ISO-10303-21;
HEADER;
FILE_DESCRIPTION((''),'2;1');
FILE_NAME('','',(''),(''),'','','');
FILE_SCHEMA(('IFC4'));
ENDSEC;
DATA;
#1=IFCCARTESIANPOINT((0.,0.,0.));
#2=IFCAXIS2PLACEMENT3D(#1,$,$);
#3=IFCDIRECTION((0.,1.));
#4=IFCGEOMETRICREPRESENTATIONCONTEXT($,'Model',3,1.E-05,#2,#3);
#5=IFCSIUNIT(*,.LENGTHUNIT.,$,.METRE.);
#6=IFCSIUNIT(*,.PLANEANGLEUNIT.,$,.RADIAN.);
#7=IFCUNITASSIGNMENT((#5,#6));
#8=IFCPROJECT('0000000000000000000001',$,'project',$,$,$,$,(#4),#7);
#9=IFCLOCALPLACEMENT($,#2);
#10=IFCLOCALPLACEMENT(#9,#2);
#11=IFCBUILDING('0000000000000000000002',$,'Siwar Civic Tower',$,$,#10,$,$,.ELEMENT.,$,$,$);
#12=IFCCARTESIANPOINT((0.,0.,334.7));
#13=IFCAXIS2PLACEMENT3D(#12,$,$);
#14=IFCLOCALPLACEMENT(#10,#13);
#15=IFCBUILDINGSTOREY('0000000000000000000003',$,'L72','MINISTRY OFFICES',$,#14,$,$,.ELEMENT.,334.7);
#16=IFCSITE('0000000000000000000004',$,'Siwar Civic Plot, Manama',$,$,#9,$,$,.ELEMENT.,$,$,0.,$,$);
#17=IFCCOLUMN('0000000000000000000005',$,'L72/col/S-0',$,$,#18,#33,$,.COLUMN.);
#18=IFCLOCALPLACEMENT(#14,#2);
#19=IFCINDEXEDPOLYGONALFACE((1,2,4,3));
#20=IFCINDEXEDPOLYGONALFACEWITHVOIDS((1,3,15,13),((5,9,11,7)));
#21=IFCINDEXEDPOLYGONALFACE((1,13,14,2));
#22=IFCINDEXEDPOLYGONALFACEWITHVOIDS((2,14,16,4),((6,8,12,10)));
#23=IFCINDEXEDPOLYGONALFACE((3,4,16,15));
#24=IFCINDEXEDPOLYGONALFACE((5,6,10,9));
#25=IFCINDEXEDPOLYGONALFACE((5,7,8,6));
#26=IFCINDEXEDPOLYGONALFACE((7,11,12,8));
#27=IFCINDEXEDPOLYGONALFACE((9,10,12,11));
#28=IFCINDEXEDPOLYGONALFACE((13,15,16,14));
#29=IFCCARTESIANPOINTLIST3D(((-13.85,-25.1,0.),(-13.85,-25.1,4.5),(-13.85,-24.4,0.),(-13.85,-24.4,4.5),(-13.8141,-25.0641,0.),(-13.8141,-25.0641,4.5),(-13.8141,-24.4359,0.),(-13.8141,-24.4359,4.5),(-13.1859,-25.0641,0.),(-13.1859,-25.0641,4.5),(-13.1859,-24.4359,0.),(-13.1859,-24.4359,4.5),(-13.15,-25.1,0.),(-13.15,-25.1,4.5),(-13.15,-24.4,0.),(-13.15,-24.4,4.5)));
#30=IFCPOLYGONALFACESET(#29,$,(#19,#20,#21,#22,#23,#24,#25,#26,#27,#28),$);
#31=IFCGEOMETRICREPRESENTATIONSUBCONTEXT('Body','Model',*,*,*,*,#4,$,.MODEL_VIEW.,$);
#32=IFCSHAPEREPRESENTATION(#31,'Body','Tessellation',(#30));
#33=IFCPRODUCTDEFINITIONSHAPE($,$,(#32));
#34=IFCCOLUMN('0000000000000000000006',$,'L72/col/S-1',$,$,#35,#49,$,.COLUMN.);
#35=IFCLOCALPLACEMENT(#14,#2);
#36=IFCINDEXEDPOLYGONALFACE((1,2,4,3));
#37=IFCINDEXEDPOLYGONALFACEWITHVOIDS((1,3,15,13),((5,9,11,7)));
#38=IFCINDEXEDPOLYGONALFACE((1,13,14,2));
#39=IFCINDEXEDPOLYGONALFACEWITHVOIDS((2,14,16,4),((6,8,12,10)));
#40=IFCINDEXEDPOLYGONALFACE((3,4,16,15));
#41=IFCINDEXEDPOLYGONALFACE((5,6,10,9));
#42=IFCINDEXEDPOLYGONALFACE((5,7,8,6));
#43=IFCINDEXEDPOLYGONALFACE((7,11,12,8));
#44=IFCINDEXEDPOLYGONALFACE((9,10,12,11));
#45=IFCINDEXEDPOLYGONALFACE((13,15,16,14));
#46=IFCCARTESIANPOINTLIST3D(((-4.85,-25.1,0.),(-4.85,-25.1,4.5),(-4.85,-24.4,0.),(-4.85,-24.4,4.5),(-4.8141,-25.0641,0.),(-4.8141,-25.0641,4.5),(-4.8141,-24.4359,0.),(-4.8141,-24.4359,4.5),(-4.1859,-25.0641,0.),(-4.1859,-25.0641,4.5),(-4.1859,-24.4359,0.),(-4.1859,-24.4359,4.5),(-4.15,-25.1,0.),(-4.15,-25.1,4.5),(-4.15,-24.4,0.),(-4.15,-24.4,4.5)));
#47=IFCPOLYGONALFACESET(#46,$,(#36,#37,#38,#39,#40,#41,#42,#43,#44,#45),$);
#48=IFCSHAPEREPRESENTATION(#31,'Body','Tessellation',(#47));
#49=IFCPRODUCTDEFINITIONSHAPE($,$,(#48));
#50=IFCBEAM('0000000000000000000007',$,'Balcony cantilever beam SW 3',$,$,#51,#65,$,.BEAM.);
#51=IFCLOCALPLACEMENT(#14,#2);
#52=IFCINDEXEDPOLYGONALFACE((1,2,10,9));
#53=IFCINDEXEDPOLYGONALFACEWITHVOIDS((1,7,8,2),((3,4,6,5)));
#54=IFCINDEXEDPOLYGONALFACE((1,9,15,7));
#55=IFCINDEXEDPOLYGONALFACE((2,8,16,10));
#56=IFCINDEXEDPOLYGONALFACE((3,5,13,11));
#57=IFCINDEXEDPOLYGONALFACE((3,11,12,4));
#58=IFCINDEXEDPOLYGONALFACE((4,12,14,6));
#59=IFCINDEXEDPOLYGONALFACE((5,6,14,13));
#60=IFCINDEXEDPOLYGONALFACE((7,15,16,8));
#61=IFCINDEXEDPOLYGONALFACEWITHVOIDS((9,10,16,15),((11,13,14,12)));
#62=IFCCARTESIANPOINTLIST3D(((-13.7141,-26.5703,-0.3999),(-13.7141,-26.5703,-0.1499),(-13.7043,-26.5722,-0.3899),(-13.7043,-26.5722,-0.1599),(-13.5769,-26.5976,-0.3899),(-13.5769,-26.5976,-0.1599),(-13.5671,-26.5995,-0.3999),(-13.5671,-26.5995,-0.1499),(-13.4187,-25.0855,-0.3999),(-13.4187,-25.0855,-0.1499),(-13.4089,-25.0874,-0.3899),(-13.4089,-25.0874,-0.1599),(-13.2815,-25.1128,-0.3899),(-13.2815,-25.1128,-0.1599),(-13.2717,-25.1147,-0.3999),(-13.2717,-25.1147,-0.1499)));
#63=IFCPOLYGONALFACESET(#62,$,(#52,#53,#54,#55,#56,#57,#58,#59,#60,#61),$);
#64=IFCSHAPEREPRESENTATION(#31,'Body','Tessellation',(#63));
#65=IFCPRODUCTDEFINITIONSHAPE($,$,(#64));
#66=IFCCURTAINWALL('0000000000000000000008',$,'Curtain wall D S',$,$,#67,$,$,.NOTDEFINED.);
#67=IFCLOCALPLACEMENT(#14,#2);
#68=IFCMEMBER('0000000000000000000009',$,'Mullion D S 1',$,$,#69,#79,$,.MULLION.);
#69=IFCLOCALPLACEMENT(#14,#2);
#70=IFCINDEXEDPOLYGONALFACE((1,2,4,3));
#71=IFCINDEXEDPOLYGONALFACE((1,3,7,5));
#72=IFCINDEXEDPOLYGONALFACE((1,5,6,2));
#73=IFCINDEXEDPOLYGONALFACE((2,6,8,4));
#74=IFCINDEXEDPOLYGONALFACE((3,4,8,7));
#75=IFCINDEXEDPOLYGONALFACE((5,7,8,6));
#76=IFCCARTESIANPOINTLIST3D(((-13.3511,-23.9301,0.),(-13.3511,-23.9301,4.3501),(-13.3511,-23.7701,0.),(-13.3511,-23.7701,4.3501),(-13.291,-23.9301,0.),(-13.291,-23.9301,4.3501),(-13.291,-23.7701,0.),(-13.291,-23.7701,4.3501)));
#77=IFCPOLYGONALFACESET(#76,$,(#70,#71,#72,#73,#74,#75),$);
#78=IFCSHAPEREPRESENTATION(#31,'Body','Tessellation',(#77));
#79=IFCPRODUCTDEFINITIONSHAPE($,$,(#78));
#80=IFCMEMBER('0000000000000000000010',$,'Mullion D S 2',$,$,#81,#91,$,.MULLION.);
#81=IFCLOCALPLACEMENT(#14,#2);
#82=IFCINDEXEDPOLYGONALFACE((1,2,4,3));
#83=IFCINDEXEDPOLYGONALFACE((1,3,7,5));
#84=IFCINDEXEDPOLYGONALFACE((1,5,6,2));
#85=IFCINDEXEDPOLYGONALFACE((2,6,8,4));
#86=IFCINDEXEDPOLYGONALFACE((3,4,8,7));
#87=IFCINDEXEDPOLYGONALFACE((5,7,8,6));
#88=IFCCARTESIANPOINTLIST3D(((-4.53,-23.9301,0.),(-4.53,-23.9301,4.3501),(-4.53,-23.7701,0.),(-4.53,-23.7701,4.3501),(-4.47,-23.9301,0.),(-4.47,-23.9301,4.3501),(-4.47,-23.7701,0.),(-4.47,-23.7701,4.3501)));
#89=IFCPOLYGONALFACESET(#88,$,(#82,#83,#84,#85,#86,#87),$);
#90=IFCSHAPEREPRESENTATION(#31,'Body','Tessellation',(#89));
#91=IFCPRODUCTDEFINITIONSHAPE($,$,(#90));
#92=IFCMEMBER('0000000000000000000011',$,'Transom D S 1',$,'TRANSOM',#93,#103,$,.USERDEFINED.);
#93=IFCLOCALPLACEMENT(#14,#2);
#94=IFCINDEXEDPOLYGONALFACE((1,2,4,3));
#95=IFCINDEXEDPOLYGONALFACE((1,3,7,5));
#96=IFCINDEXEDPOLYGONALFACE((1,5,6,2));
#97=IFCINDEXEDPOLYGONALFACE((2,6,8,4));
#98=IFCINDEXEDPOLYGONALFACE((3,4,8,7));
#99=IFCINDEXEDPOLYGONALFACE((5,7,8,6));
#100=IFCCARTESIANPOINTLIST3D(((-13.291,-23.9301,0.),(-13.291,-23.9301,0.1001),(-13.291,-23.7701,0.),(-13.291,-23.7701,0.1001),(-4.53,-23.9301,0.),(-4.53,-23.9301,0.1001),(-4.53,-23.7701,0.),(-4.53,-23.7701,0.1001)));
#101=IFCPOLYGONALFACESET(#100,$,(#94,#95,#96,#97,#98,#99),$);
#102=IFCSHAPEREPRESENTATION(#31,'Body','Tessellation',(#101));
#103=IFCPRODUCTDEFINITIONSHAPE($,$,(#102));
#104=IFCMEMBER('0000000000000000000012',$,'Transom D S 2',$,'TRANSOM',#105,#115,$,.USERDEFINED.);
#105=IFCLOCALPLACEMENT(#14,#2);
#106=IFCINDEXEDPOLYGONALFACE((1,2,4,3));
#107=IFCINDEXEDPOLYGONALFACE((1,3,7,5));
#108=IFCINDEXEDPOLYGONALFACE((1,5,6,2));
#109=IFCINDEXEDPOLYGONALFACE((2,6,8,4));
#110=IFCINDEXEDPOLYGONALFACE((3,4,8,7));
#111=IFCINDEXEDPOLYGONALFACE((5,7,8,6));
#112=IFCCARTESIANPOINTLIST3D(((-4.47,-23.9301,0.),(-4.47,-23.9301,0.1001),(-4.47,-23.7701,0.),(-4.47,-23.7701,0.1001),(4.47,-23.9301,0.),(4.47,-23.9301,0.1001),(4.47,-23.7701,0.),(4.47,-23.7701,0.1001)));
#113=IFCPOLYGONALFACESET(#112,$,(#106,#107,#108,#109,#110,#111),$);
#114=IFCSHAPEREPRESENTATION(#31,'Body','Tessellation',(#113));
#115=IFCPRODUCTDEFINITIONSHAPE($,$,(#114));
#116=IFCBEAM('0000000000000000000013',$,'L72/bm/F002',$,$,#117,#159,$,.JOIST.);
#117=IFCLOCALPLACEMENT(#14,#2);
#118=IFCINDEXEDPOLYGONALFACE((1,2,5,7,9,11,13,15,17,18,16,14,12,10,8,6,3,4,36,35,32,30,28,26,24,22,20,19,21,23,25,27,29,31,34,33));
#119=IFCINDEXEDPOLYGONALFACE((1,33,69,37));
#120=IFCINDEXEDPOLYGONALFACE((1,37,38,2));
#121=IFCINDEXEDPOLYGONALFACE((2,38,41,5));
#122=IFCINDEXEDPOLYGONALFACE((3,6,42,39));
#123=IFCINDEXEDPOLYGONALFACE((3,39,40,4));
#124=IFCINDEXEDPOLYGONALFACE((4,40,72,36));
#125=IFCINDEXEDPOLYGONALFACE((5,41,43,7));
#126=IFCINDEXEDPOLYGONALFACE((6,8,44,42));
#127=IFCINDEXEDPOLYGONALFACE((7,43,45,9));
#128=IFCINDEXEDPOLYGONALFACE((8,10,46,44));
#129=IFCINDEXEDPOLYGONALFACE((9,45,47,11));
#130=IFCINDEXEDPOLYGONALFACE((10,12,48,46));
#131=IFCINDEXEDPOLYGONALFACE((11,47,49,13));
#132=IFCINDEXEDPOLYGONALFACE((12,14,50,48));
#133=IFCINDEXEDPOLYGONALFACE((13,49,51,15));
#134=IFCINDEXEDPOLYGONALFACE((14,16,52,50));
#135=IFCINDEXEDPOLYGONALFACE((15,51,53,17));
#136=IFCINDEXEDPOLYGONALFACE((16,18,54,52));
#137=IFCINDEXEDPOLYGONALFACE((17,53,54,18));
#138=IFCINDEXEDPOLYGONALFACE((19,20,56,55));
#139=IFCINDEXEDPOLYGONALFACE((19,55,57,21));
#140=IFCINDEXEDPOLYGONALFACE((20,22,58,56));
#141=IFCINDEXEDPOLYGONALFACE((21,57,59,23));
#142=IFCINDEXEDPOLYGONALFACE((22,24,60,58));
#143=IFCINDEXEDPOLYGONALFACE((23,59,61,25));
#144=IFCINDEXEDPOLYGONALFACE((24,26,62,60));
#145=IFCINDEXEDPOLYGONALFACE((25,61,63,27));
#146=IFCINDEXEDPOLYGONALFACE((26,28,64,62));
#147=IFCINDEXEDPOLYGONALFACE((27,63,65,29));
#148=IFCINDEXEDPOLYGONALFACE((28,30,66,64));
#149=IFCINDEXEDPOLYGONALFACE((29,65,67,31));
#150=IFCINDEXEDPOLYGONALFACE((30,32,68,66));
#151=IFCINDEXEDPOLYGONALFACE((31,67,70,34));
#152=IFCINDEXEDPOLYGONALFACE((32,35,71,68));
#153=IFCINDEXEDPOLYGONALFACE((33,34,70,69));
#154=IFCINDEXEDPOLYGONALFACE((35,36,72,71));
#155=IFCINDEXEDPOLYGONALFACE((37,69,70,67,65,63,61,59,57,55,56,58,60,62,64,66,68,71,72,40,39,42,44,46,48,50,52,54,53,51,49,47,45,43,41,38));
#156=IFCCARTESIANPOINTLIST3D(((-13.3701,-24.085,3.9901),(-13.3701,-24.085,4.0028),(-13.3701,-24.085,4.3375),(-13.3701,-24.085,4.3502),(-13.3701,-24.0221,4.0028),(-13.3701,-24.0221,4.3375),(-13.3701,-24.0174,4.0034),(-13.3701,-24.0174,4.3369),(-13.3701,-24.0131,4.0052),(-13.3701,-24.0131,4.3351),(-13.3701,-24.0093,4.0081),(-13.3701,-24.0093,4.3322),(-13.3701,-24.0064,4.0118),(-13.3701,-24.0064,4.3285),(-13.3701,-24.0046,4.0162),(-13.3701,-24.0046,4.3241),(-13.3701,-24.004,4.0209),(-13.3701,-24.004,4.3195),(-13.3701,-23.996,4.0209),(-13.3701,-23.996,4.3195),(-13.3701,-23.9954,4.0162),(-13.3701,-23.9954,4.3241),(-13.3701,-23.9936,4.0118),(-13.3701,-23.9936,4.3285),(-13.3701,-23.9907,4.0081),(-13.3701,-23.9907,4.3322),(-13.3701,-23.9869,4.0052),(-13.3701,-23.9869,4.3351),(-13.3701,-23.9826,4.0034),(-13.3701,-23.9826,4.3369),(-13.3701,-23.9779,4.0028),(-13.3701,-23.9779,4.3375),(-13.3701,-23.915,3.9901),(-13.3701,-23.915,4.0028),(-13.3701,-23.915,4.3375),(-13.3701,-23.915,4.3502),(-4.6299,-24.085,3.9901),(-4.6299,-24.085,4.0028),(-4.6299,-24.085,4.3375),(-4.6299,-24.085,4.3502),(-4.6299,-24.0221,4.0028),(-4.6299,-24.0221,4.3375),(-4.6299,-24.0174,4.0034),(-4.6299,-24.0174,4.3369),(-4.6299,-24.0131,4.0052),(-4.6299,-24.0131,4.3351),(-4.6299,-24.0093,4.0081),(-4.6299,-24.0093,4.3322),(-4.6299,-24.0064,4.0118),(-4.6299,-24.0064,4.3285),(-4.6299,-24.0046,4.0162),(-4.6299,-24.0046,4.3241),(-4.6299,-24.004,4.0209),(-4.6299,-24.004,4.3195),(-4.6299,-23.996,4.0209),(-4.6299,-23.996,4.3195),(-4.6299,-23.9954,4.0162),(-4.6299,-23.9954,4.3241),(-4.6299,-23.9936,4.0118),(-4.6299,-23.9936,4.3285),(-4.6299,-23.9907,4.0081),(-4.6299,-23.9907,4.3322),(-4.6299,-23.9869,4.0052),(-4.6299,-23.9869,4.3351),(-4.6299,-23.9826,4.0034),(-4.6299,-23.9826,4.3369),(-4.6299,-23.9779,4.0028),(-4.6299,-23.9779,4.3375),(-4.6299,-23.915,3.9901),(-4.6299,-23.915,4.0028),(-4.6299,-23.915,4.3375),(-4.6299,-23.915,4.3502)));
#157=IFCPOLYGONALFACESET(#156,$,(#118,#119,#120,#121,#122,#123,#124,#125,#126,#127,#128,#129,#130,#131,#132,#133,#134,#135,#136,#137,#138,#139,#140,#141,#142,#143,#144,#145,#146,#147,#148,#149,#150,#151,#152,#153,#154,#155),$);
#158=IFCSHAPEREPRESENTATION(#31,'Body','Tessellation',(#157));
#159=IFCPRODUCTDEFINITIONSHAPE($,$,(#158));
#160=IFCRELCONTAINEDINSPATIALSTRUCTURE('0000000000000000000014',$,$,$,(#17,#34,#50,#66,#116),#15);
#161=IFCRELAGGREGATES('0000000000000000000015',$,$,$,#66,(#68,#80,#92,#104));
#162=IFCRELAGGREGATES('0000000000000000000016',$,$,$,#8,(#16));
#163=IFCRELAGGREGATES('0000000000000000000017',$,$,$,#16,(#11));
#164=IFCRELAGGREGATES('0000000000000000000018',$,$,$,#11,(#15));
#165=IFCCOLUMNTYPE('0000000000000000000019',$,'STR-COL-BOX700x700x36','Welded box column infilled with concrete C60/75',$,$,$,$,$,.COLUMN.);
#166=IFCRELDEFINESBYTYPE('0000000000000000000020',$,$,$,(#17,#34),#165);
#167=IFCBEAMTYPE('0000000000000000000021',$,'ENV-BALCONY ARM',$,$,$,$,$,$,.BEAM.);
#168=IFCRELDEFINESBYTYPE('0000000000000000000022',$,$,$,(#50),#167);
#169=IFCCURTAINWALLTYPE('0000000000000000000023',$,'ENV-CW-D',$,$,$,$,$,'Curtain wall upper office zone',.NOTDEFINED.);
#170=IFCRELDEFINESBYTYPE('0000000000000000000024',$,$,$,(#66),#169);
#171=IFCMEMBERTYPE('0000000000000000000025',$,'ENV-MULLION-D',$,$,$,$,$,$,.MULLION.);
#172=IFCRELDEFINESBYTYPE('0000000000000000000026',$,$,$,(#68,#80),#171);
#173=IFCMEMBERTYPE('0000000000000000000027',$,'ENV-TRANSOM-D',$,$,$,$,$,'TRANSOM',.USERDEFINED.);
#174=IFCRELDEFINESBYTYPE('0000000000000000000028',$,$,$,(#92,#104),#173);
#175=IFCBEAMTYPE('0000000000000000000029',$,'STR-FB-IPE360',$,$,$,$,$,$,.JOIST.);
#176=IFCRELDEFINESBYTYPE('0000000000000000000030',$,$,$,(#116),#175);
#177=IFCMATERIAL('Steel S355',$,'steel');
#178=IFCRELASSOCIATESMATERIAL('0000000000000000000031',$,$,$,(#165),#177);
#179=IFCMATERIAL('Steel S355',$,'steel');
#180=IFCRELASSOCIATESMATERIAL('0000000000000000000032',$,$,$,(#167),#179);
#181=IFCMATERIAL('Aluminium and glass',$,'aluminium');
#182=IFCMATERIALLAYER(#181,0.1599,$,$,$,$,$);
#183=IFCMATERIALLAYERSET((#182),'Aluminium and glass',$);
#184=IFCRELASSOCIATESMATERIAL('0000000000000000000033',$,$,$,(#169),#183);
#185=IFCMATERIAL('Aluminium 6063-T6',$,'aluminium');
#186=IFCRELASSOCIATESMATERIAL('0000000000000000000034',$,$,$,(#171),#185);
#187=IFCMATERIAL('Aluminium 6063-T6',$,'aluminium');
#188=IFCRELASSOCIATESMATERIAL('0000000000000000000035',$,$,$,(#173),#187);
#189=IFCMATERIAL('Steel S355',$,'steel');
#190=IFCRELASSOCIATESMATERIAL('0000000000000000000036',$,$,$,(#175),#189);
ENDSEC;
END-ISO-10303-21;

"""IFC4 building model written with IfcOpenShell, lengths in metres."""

from ifc_helpers import new_model, si_unit, direction, frame, origin, origin_2d, place, context, subcontext, project, spatial, rectangle, hollow_rectangle, i_section, extrude, material, layer, layer_set, material_profile, profile_set, type_object, element, aggregate, save


model = new_model("IFC4")

# Units and contexts
model_context = context("Model", 3, precision=1e-05, world=origin(), true_north=direction((0.0, 1.0)))
body_context = subcontext(model_context, "Body", "Model", "MODEL_VIEW")
ifc_project = project(units=[si_unit("LENGTHUNIT", "METRE"), si_unit("PLANEANGLEUNIT", "RADIAN")], contexts=[model_context])

# Site, building, storey
site_placement = place(None, origin())
site = spatial("IfcSite", under=ifc_project, at=site_placement, Name="Siwar Civic Plot, Manama", CompositionType="ELEMENT", RefElevation=0.0)
building_placement = place(site_placement, origin())
building = spatial("IfcBuilding", under=site, at=building_placement, Name="Siwar Civic Tower", CompositionType="ELEMENT")
storey_placement = place(building_placement, frame((0.0, 0.0, 334.7)))
storey = spatial("IfcBuildingStorey", under=building, at=storey_placement, Name="L72", Description="MINISTRY OFFICES", CompositionType="ELEMENT", Elevation=334.7)

# Columns
ifc_material_1 = material(Name="Steel S355", Category="steel")
ifc_material_profile_1 = material_profile(ifc_material_1, hollow_rectangle(XDim=0.7, YDim=0.7, WallThickness=0.0359, at=origin_2d()), Name="BOX700x700x36")
ifc_profile_set_1 = profile_set([ifc_material_profile_1], Name="Steel S355")
column_type = type_object("IfcColumnType", Name="STR-COL-BOX700x700x36", Description="Welded box column infilled with concrete C60/75", PredefinedType="COLUMN", material=ifc_profile_set_1)
for number, where, z_axis, x_axis, name in (
    (1, (-13.5, -24.75, 0.0), (0.0, 0.0, 1.0), (1.0, 0.0, 0.0), "L72/col/S-0"),
    (2, (-4.5, -24.75, 0.0), (0.0, 0.0, 1.0), (1.0, 0.0, 0.0), "L72/col/S-1"),
):
    element("IfcColumn", number, at=place(storey_placement, frame(where, z_axis=z_axis, x_axis=x_axis)), inside=storey, type_object=column_type, Name=name, PredefinedType="COLUMN", context=body_context, shape_type="SweptSolid", body=[
        extrude(hollow_rectangle(XDim=0.7, YDim=0.7, WallThickness=0.0359, at=origin_2d()), origin(), (0.0, 0.0, 1.0), 4.5),
    ])

# Beam
ifc_material_2 = material(Name="Steel S355", Category="steel")
ifc_material_profile_2 = material_profile(ifc_material_2, hollow_rectangle(XDim=0.1499, YDim=0.25, WallThickness=0.01, at=origin_2d()), Name="RHS250x150x10")
ifc_profile_set_2 = profile_set([ifc_material_profile_2], Name="Steel S355")
beam_type_1 = type_object("IfcBeamType", Name="ENV-BALCONY ARM", PredefinedType="BEAM", material=ifc_profile_set_2)
beam_1_placement = place(storey_placement, frame((-13.3452, -25.1001, -0.2749), z_axis=(-0.195124, -0.980779, 0.0), x_axis=(0.980779, -0.195124, 0.0)))
element("IfcBeam", 3, at=beam_1_placement, inside=storey, type_object=beam_type_1, Name="Balcony cantilever beam SW 3", PredefinedType="BEAM", context=body_context, shape_type="SweptSolid", body=[
    extrude(hollow_rectangle(XDim=0.1499, YDim=0.25, WallThickness=0.01, at=origin_2d()), origin(), (0.0, 0.0, 1.0), 1.5139),
])

# Curtain wall, members
ifc_material_3 = material(Name="Aluminium and glass", Category="aluminium")
ifc_layer_1 = layer(ifc_material_3, 0.1599)
ifc_layer_set_1 = layer_set([ifc_layer_1], Name="Aluminium and glass")
curtain_wall_type = type_object("IfcCurtainWallType", Name="ENV-CW-D", ElementType="Curtain wall upper office zone", PredefinedType="NOTDEFINED", material=ifc_layer_set_1)
curtain_wall_placement = place(storey_placement, origin())
curtain_wall = element("IfcCurtainWall", 4, at=curtain_wall_placement, inside=storey, type_object=curtain_wall_type, Name="Curtain wall D S", PredefinedType="NOTDEFINED")
ifc_material_4 = material(Name="Aluminium 6063-T6", Category="aluminium")
ifc_material_profile_3 = material_profile(ifc_material_4, rectangle(XDim=0.1599, YDim=0.0601, at=origin_2d()), Name="AL 160x60")
ifc_profile_set_3 = profile_set([ifc_material_profile_3], Name="Aluminium 6063-T6")
member_type_1 = type_object("IfcMemberType", Name="ENV-MULLION-D", PredefinedType="MULLION", material=ifc_profile_set_3)
member_1_placement = place(storey_placement, frame((-13.321, -23.8501, 0.0), z_axis=(0.0, 0.0, 1.0), x_axis=(0.0, 1.0, 0.0)))
member_1 = element("IfcMember", 5, at=member_1_placement, type_object=member_type_1, Name="Mullion D S 1", PredefinedType="MULLION", context=body_context, shape_type="SweptSolid", body=[
    extrude(rectangle(XDim=0.1599, YDim=0.0601, at=origin_2d()), origin(), (0.0, 0.0, 1.0), 4.3501),
])
member_2_placement = place(storey_placement, frame((-4.5, -23.8501, 0.0), z_axis=(0.0, 0.0, 1.0), x_axis=(0.0, 1.0, 0.0)))
member_2 = element("IfcMember", 6, at=member_2_placement, type_object=member_type_1, Name="Mullion D S 2", PredefinedType="MULLION", context=body_context, shape_type="SweptSolid", body=[
    extrude(rectangle(XDim=0.1599, YDim=0.0601, at=origin_2d()), origin(), (0.0, 0.0, 1.0), 4.3501),
])
ifc_material_5 = material(Name="Aluminium 6063-T6", Category="aluminium")
ifc_material_profile_4 = material_profile(ifc_material_5, rectangle(XDim=0.1599, YDim=0.1001, at=origin_2d()), Name="AL 160x100")
ifc_profile_set_4 = profile_set([ifc_material_profile_4], Name="Aluminium 6063-T6")
member_type_2 = type_object("IfcMemberType", Name="ENV-TRANSOM-D", ElementType="TRANSOM", PredefinedType="USERDEFINED", material=ifc_profile_set_4)
member_3_placement = place(storey_placement, frame((-13.291, -23.8501, 0.05), z_axis=(1.0, 0.0, 0.0), x_axis=(0.0, 1.0, 0.0)))
member_3 = element("IfcMember", 7, at=member_3_placement, type_object=member_type_2, Name="Transom D S 1", ObjectType="TRANSOM", PredefinedType="USERDEFINED", context=body_context, shape_type="SweptSolid", body=[
    extrude(rectangle(XDim=0.1599, YDim=0.1001, at=origin_2d()), origin(), (0.0, 0.0, 1.0), 8.761),
])
member_4_placement = place(storey_placement, frame((-4.47, -23.8501, 0.05), z_axis=(1.0, 0.0, 0.0), x_axis=(0.0, 1.0, 0.0)))
member_4 = element("IfcMember", 8, at=member_4_placement, type_object=member_type_2, Name="Transom D S 2", ObjectType="TRANSOM", PredefinedType="USERDEFINED", context=body_context, shape_type="SweptSolid", body=[
    extrude(rectangle(XDim=0.1599, YDim=0.1001, at=origin_2d()), origin(), (0.0, 0.0, 1.0), 8.9399),
])

# Beam
ifc_material_6 = material(Name="Steel S355", Category="steel")
ifc_material_profile_5 = material_profile(ifc_material_6, i_section(OverallWidth=0.1699, OverallDepth=0.3601, WebThickness=0.0081, FlangeThickness=0.0127, FilletRadius=0.0181, at=origin_2d()), Name="IPE360")
ifc_profile_set_5 = profile_set([ifc_material_profile_5], Name="Steel S355")
beam_type_2 = type_object("IfcBeamType", Name="STR-FB-IPE360", PredefinedType="JOIST", material=ifc_profile_set_5)
for number, where, z_axis, x_axis, name in (
    (9, (-13.3701, -24.0, 4.1702), (1.0, 0.0, 0.0), (0.0, 1.0, 0.0), "L72/bm/F002"),
):
    element("IfcBeam", number, at=place(storey_placement, frame(where, z_axis=z_axis, x_axis=x_axis)), inside=storey, type_object=beam_type_2, Name=name, PredefinedType="JOIST", context=body_context, shape_type="SweptSolid", body=[
        extrude(i_section(OverallWidth=0.1699, OverallDepth=0.3601, WebThickness=0.0081, FlangeThickness=0.0127, FilletRadius=0.0181, at=origin_2d()), origin(), (0.0, 0.0, 1.0), 8.7402),
    ])

aggregate(curtain_wall, [member_1, member_2, member_3, member_4])

save(model, "model.ifc")
